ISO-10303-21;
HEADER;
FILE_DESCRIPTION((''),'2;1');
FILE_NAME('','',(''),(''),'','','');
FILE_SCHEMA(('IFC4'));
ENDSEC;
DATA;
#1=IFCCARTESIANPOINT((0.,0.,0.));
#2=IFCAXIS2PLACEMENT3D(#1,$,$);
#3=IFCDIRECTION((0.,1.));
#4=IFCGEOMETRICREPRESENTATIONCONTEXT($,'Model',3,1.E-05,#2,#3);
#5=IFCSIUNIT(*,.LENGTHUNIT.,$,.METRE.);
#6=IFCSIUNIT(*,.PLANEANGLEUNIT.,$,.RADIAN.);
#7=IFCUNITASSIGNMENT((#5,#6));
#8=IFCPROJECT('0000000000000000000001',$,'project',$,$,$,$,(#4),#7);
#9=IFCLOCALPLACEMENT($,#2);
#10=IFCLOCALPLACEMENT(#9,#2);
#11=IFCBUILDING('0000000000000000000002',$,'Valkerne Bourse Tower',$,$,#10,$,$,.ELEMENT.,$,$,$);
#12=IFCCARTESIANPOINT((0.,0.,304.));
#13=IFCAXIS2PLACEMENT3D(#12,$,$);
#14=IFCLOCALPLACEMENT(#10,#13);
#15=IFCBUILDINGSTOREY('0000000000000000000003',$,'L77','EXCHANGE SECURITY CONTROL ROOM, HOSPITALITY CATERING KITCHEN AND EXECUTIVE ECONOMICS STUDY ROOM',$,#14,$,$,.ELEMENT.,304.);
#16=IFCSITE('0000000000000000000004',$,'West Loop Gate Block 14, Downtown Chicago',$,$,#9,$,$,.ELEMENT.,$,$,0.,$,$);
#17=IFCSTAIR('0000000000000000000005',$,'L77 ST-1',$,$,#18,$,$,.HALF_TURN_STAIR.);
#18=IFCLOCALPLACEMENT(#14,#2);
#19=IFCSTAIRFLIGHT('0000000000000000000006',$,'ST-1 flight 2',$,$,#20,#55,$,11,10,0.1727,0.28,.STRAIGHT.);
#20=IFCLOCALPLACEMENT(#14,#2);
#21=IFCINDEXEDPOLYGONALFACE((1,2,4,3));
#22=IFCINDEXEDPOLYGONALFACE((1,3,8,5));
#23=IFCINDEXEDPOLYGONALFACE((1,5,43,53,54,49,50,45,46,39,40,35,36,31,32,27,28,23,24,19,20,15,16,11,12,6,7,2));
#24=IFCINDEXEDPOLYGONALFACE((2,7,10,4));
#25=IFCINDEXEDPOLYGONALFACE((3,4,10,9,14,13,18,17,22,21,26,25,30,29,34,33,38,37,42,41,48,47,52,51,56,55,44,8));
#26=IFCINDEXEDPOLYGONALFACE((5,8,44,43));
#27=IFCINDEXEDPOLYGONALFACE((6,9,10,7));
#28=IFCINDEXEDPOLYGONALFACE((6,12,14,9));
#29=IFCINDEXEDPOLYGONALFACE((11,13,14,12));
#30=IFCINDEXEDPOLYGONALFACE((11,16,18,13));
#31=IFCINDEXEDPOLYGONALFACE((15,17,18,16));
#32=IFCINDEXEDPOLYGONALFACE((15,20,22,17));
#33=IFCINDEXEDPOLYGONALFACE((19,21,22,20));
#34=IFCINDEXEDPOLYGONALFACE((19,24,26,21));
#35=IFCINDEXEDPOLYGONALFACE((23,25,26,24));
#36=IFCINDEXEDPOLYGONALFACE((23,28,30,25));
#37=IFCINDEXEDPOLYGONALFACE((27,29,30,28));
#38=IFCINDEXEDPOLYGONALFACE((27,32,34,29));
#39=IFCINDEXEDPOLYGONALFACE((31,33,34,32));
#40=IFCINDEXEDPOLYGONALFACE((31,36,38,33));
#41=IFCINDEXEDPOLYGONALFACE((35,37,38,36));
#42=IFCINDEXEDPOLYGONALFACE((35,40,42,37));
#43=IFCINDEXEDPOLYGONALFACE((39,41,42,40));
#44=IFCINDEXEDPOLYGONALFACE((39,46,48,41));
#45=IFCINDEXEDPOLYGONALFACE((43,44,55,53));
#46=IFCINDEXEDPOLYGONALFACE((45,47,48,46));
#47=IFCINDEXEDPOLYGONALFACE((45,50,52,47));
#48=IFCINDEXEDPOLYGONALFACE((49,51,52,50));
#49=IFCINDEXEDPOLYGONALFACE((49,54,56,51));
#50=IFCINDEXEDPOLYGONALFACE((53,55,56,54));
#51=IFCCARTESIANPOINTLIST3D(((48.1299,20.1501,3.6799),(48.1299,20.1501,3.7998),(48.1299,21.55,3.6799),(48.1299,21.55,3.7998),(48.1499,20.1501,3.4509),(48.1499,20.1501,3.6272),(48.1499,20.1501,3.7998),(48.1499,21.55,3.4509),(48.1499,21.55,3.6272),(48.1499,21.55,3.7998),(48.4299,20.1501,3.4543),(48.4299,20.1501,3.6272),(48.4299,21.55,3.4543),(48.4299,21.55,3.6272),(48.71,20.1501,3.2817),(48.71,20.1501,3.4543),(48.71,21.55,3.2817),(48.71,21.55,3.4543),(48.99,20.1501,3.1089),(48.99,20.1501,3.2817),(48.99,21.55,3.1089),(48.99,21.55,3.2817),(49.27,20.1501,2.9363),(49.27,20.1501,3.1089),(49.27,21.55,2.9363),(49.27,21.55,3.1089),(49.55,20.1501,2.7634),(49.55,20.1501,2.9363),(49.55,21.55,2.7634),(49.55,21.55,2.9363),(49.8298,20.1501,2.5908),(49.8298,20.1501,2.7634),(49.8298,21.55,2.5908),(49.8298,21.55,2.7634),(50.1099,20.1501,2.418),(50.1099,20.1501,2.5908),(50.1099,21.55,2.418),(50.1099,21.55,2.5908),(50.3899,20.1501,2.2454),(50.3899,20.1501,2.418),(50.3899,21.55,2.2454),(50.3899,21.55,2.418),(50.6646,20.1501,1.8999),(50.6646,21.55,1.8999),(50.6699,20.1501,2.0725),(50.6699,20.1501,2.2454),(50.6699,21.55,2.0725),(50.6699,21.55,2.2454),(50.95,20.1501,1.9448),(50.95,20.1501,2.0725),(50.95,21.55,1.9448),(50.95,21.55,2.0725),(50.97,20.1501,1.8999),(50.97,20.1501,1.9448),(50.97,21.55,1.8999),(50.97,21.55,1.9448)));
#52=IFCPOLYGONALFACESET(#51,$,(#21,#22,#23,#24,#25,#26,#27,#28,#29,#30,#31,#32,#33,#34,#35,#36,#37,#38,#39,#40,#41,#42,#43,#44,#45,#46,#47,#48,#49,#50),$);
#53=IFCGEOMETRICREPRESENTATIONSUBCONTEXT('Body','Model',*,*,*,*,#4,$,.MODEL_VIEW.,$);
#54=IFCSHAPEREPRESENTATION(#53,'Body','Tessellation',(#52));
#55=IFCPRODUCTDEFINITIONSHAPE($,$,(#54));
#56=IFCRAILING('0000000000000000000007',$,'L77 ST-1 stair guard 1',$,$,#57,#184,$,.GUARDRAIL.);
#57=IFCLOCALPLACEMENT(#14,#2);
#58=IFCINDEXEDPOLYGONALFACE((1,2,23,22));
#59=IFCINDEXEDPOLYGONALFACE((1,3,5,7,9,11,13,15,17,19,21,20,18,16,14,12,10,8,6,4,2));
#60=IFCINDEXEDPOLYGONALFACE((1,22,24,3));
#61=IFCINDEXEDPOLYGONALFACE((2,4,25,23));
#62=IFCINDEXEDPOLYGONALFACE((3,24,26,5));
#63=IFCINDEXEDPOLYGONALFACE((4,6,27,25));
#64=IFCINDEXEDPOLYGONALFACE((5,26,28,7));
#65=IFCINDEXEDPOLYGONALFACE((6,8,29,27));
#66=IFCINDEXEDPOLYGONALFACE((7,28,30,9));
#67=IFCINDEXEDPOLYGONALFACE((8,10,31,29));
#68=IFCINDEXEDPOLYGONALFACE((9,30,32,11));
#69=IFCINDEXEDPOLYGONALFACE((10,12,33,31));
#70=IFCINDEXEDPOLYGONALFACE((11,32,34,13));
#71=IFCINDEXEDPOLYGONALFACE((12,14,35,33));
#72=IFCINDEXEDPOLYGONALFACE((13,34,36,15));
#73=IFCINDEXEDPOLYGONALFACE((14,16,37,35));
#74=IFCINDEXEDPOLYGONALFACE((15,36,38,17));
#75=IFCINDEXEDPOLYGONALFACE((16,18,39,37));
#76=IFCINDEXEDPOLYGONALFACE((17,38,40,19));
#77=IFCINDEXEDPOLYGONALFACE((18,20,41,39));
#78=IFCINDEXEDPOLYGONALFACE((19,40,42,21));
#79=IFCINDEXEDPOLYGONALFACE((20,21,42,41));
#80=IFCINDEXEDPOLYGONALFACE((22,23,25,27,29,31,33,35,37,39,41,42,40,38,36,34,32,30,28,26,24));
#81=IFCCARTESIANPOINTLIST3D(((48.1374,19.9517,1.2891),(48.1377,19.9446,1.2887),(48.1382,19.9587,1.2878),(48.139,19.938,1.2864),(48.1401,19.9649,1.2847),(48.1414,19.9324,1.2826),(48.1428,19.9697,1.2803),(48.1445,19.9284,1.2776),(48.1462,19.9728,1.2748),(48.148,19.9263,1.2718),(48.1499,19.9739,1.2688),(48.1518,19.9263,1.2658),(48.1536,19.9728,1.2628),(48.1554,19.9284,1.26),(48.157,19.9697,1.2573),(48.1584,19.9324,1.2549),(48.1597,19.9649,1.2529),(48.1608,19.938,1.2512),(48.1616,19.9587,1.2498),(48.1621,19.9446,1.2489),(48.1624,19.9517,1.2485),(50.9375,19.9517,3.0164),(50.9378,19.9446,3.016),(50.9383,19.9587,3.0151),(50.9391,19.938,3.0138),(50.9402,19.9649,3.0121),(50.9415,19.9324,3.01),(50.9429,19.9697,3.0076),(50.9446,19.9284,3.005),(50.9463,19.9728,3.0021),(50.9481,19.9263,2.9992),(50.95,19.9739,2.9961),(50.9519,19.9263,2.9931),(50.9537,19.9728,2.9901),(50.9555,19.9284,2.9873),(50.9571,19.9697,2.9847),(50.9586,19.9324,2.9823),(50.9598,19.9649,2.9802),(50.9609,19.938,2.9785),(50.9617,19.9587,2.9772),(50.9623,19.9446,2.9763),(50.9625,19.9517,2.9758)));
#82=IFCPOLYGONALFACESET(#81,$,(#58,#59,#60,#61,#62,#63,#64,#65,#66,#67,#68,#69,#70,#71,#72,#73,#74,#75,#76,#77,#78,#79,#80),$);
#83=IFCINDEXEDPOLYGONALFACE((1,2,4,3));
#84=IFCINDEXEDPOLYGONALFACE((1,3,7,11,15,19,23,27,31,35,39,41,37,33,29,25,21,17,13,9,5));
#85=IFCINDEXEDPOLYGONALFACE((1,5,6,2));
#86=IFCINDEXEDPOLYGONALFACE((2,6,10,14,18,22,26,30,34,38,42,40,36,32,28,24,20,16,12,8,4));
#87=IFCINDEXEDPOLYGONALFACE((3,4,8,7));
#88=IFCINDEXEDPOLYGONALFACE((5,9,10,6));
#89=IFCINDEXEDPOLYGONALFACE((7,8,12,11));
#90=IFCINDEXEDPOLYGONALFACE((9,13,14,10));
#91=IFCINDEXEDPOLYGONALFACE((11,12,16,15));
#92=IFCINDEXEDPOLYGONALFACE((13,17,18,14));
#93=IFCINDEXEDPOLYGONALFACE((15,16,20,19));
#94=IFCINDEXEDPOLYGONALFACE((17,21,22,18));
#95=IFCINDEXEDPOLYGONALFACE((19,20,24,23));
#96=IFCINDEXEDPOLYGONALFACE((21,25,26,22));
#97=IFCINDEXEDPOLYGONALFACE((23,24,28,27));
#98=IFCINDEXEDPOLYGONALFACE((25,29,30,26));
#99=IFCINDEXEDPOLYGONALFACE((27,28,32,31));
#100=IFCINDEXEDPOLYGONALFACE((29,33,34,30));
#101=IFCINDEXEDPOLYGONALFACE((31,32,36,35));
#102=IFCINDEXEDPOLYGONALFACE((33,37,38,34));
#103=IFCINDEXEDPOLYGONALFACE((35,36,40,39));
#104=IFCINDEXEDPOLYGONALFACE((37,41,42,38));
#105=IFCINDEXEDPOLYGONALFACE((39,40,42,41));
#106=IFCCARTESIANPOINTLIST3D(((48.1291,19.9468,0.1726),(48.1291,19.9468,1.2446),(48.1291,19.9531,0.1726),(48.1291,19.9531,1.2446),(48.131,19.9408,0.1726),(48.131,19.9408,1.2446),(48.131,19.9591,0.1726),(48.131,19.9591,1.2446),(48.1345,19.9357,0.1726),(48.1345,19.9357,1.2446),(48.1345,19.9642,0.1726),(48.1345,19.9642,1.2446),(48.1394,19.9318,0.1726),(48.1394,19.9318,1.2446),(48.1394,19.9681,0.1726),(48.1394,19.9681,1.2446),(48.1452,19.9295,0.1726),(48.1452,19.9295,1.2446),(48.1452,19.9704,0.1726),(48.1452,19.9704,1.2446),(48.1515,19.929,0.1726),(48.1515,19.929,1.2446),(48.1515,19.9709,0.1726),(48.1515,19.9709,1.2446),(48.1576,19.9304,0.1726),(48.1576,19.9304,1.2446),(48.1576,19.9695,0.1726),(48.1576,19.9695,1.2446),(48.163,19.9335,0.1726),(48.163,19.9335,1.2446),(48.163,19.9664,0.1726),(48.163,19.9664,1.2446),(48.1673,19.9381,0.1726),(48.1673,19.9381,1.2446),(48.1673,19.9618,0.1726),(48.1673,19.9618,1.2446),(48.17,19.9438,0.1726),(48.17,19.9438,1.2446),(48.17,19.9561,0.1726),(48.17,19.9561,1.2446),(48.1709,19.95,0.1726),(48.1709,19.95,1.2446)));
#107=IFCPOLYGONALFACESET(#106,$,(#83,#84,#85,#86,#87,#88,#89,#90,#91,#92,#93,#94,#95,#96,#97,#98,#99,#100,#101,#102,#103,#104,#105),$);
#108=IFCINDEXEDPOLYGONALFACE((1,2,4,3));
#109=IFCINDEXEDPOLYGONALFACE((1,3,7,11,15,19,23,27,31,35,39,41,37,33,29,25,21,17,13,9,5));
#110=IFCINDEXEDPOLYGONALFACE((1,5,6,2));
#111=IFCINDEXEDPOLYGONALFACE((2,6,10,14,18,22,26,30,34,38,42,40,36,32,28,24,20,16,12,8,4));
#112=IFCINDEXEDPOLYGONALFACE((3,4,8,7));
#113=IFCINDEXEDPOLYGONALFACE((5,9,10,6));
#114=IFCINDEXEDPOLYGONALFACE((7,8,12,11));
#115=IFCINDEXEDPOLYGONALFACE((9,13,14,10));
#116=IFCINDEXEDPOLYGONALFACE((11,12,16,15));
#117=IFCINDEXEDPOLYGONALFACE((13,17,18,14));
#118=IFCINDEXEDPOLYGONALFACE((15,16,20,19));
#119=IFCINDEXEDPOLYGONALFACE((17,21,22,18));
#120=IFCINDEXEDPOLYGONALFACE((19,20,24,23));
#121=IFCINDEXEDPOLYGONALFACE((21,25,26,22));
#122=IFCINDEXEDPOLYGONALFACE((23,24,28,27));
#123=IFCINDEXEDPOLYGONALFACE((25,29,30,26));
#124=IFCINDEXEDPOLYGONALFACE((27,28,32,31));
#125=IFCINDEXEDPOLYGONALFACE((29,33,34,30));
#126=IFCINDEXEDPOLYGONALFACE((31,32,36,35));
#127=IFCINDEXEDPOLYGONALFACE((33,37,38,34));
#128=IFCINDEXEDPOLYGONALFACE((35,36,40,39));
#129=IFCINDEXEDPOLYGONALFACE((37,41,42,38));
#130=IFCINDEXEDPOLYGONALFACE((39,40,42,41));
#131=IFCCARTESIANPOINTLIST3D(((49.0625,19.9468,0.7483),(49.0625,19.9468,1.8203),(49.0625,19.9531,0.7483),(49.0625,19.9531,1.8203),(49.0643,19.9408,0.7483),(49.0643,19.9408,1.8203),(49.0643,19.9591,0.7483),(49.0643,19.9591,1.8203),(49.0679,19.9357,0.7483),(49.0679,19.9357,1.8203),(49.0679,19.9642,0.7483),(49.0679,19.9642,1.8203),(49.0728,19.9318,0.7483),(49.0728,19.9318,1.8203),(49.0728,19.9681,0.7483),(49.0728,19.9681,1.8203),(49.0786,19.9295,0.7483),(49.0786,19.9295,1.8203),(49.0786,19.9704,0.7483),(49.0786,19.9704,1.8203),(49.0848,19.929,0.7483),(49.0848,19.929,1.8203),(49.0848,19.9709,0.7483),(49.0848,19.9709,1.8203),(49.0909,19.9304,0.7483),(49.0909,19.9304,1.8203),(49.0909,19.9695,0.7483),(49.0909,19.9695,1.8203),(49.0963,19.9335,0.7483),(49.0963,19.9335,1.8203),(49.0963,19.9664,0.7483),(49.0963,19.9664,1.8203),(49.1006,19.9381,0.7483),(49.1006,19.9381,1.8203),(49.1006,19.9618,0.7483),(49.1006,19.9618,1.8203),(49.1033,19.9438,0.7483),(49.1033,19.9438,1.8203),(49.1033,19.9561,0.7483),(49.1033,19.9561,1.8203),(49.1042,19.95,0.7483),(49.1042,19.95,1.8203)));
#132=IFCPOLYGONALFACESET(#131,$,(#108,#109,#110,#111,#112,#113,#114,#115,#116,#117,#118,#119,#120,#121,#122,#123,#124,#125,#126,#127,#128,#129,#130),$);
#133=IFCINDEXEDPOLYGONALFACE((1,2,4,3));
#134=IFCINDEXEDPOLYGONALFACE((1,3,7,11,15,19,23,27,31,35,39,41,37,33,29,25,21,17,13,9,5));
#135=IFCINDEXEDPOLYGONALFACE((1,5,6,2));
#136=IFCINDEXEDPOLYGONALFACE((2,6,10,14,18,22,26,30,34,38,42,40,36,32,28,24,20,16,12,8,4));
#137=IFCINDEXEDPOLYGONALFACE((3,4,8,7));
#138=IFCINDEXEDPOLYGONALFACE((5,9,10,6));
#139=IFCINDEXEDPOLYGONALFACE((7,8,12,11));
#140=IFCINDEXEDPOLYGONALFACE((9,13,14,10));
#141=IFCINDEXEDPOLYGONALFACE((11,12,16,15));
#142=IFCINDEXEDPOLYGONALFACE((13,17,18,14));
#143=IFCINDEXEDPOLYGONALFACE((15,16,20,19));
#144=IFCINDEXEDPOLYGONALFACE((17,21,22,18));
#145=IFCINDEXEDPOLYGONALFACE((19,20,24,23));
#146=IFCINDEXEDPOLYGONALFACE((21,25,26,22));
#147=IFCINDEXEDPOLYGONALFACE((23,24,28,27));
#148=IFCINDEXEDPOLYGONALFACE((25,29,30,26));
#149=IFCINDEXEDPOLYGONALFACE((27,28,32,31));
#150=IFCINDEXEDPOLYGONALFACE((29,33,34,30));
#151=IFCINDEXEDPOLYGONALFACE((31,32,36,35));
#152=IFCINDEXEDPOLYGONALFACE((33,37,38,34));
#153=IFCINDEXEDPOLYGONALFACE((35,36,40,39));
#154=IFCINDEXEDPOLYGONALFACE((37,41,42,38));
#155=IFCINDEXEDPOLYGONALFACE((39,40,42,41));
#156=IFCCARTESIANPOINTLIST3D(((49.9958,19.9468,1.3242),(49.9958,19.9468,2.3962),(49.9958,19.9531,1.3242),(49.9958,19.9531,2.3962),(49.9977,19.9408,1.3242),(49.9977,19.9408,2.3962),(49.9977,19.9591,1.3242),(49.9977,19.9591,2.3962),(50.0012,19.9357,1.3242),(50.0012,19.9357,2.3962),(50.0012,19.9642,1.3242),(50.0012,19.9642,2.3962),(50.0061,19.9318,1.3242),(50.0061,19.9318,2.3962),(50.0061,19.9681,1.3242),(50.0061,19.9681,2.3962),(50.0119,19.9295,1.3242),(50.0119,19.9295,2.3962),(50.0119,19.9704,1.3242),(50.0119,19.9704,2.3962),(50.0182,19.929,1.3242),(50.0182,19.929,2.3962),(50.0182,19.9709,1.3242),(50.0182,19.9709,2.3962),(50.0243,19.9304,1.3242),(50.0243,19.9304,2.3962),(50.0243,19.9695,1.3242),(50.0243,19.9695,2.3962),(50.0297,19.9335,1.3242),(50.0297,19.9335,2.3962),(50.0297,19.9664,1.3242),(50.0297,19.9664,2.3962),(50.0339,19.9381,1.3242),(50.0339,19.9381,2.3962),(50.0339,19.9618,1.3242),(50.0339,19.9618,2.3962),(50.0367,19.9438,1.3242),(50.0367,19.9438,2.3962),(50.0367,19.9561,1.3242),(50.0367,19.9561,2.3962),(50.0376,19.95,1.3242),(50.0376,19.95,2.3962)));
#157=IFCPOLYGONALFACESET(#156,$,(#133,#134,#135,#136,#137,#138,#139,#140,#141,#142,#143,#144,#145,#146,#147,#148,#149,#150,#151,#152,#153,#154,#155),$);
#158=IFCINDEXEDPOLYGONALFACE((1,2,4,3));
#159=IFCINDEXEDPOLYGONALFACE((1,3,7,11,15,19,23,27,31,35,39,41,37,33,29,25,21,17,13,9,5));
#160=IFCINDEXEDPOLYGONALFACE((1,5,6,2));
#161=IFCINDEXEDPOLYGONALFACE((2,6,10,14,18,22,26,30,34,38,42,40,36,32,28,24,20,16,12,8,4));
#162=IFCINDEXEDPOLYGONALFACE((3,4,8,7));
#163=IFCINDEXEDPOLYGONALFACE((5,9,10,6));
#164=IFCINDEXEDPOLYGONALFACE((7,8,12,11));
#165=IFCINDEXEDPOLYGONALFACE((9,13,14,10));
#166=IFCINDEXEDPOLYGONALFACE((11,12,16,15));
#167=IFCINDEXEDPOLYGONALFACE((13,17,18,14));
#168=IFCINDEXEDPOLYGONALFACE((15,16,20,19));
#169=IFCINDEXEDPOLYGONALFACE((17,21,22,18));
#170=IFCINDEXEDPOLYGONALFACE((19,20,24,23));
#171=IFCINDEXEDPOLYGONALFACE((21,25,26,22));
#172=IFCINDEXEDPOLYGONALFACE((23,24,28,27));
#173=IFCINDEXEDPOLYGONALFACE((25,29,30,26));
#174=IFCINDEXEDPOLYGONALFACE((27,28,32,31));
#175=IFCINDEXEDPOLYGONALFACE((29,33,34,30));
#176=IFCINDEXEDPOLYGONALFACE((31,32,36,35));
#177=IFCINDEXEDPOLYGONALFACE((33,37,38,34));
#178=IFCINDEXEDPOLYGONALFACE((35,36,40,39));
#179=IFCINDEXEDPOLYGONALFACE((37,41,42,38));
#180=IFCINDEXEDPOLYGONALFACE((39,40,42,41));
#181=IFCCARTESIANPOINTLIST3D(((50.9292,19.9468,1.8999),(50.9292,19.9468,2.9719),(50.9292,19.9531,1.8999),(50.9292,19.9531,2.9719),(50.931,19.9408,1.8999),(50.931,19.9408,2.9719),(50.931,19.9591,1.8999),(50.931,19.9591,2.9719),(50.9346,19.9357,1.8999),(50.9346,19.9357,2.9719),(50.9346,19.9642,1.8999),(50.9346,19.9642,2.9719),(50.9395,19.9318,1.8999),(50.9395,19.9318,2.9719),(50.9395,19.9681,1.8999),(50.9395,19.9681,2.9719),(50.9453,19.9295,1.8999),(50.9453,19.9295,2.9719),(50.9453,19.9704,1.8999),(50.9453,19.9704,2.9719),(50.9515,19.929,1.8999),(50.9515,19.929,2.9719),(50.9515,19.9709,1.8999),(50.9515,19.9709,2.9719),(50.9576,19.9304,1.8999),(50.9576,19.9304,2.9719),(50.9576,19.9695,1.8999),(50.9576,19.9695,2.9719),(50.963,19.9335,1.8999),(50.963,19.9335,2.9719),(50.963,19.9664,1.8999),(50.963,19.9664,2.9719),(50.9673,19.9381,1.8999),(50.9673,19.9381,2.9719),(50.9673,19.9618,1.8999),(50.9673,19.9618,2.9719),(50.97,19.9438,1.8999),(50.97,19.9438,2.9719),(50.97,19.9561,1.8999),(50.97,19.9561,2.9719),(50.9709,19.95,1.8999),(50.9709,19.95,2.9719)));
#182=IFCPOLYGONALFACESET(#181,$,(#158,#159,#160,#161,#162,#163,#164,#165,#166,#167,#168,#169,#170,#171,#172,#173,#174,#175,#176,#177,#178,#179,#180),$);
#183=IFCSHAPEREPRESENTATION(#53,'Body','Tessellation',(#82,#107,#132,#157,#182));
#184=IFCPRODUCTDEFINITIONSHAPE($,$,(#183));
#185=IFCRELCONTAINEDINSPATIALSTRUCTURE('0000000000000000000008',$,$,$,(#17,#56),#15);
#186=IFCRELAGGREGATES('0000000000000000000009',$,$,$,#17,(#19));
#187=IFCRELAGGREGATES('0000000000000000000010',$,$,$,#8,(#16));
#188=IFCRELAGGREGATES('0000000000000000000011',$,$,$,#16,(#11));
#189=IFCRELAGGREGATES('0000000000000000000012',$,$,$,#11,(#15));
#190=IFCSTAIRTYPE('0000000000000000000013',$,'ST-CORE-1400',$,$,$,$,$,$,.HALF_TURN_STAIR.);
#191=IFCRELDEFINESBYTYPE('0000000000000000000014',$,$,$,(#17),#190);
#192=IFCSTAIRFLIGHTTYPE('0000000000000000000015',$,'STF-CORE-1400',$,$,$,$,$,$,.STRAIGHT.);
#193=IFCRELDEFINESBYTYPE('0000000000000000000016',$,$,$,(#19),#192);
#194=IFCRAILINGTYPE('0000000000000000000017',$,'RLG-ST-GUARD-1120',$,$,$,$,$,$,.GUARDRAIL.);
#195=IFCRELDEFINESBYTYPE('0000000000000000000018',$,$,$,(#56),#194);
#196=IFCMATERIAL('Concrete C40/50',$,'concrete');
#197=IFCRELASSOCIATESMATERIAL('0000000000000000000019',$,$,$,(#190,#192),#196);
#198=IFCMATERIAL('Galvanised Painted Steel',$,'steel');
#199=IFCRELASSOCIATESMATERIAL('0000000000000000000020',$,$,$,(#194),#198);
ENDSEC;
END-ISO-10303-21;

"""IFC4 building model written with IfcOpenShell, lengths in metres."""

from ifc_helpers import new_model, si_unit, direction, frame, origin, origin_2d, place, context, subcontext, project, spatial, polyline, circle, outline, extrude, material, type_object, element, aggregate, save


model = new_model("IFC4")

# Units and contexts
model_context = context("Model", 3, precision=1e-05, world=origin(), true_north=direction((0.0, 1.0)))
body_context = subcontext(model_context, "Body", "Model", "MODEL_VIEW")
ifc_project = project(units=[si_unit("LENGTHUNIT", "METRE"), si_unit("PLANEANGLEUNIT", "RADIAN")], contexts=[model_context])

# Site, building, storey
site_placement = place(None, origin())
site = spatial("IfcSite", under=ifc_project, at=site_placement, Name="West Loop Gate Block 14, Downtown Chicago", CompositionType="ELEMENT", RefElevation=0.0)
building_placement = place(site_placement, origin())
building = spatial("IfcBuilding", under=site, at=building_placement, Name="Valkerne Bourse Tower", CompositionType="ELEMENT")
storey_placement = place(building_placement, frame((0.0, 0.0, 304.0)))
storey = spatial("IfcBuildingStorey", under=building, at=storey_placement, Name="L77", Description="EXCHANGE SECURITY CONTROL ROOM, HOSPITALITY CATERING KITCHEN AND EXECUTIVE ECONOMICS STUDY ROOM", CompositionType="ELEMENT", Elevation=304.0)

# Shared definitions
ifc_material_1 = material(Name="Galvanised Painted Steel", Category="steel")

# Shared definitions
ifc_material_2 = material(Name="Concrete C40/50", Category="concrete")

# Stair, stair flight
stair_type = type_object("IfcStairType", Name="ST-CORE-1400", PredefinedType="HALF_TURN_STAIR", material=ifc_material_2)
stair_placement = place(storey_placement, origin())
stair = element("IfcStair", 1, at=stair_placement, inside=storey, type_object=stair_type, Name="L77 ST-1", PredefinedType="HALF_TURN_STAIR")
stair_flight_type = type_object("IfcStairFlightType", Name="STF-CORE-1400", PredefinedType="STRAIGHT", material=ifc_material_2)
stair_flight_1_placement = place(storey_placement, frame((50.95, 20.8501, 1.8999), z_axis=(0.0, 0.0, 1.0), x_axis=(-1.0, 0.0, 0.0)))
stair_flight_1 = element("IfcStairFlight", 2, at=stair_flight_1_placement, type_object=stair_flight_type, Name="ST-1 flight 2", NumberOfRisers=11, NumberOfTreads=10, PredefinedType="STRAIGHT", RiserHeight=0.1727, TreadLength=0.28, context=body_context, shape_type="SweptSolid", body=[
    extrude(outline(polyline([(-0.02, 0.0), (-0.02, 0.0449), (0.0, 0.0449), (0.0, 0.1726), (0.28, 0.1726), (0.28, 0.3455), (0.5601, 0.3455), (0.5601, 0.5181), (0.8401, 0.5181), (0.8401, 0.6909), (1.1201, 0.6909), (1.1201, 0.8635), (1.3999, 0.8635), (1.3999, 1.0364), (1.6799, 1.0364), (1.6799, 1.209), (1.96, 1.209), (1.96, 1.3818), (2.24, 1.3818), (2.24, 1.5544), (2.52, 1.5544), (2.52, 1.7273), (2.8, 1.7273), (2.8, 1.8999), (2.8201, 1.8999), (2.8201, 1.78), (2.8, 1.551), (0.2854, 0.0), (-0.02, 0.0)])), frame((0.0, 0.7, 0.0), z_axis=(0.0, -1.0, 0.0), x_axis=(1.0, 0.0, 0.0)), (0.0, 0.0, 1.0), 1.3999),
])
aggregate(stair, [stair_flight_1])

# Railing
railing_type_1 = type_object("IfcRailingType", Name="RLG-ST-GUARD-1120", PredefinedType="GUARDRAIL", material=ifc_material_1)
railing_1_placement = place(storey_placement, frame((48.1499, 19.95, 0.1726)))
element("IfcRailing", 3, at=railing_1_placement, inside=storey, type_object=railing_type_1, Name="L77 ST-1 stair guard 1", PredefinedType="GUARDRAIL", context=body_context, shape_type="SweptSolid", body=[
    extrude(circle(Radius=0.0239, at=origin_2d()), frame((0.0, 0.0, 1.0962), z_axis=(0.85109, 0.0, 0.52502), x_axis=(0.0, 1.0, 0.0)), (0.0, 0.0, 1.0), 3.29),
    extrude(circle(Radius=0.021, at=origin_2d()), origin(), (0.0, 0.0, 1.0), 1.072),
    extrude(circle(Radius=0.021, at=origin_2d()), frame((0.9333, 0.0, 0.5757)), (0.0, 0.0, 1.0), 1.072),
    extrude(circle(Radius=0.021, at=origin_2d()), frame((1.8667, 0.0, 1.1516)), (0.0, 0.0, 1.0), 1.072),
    extrude(circle(Radius=0.021, at=origin_2d()), frame((2.8, 0.0, 1.7273)), (0.0, 0.0, 1.0), 1.072),
])

save(model, "model.ifc")
